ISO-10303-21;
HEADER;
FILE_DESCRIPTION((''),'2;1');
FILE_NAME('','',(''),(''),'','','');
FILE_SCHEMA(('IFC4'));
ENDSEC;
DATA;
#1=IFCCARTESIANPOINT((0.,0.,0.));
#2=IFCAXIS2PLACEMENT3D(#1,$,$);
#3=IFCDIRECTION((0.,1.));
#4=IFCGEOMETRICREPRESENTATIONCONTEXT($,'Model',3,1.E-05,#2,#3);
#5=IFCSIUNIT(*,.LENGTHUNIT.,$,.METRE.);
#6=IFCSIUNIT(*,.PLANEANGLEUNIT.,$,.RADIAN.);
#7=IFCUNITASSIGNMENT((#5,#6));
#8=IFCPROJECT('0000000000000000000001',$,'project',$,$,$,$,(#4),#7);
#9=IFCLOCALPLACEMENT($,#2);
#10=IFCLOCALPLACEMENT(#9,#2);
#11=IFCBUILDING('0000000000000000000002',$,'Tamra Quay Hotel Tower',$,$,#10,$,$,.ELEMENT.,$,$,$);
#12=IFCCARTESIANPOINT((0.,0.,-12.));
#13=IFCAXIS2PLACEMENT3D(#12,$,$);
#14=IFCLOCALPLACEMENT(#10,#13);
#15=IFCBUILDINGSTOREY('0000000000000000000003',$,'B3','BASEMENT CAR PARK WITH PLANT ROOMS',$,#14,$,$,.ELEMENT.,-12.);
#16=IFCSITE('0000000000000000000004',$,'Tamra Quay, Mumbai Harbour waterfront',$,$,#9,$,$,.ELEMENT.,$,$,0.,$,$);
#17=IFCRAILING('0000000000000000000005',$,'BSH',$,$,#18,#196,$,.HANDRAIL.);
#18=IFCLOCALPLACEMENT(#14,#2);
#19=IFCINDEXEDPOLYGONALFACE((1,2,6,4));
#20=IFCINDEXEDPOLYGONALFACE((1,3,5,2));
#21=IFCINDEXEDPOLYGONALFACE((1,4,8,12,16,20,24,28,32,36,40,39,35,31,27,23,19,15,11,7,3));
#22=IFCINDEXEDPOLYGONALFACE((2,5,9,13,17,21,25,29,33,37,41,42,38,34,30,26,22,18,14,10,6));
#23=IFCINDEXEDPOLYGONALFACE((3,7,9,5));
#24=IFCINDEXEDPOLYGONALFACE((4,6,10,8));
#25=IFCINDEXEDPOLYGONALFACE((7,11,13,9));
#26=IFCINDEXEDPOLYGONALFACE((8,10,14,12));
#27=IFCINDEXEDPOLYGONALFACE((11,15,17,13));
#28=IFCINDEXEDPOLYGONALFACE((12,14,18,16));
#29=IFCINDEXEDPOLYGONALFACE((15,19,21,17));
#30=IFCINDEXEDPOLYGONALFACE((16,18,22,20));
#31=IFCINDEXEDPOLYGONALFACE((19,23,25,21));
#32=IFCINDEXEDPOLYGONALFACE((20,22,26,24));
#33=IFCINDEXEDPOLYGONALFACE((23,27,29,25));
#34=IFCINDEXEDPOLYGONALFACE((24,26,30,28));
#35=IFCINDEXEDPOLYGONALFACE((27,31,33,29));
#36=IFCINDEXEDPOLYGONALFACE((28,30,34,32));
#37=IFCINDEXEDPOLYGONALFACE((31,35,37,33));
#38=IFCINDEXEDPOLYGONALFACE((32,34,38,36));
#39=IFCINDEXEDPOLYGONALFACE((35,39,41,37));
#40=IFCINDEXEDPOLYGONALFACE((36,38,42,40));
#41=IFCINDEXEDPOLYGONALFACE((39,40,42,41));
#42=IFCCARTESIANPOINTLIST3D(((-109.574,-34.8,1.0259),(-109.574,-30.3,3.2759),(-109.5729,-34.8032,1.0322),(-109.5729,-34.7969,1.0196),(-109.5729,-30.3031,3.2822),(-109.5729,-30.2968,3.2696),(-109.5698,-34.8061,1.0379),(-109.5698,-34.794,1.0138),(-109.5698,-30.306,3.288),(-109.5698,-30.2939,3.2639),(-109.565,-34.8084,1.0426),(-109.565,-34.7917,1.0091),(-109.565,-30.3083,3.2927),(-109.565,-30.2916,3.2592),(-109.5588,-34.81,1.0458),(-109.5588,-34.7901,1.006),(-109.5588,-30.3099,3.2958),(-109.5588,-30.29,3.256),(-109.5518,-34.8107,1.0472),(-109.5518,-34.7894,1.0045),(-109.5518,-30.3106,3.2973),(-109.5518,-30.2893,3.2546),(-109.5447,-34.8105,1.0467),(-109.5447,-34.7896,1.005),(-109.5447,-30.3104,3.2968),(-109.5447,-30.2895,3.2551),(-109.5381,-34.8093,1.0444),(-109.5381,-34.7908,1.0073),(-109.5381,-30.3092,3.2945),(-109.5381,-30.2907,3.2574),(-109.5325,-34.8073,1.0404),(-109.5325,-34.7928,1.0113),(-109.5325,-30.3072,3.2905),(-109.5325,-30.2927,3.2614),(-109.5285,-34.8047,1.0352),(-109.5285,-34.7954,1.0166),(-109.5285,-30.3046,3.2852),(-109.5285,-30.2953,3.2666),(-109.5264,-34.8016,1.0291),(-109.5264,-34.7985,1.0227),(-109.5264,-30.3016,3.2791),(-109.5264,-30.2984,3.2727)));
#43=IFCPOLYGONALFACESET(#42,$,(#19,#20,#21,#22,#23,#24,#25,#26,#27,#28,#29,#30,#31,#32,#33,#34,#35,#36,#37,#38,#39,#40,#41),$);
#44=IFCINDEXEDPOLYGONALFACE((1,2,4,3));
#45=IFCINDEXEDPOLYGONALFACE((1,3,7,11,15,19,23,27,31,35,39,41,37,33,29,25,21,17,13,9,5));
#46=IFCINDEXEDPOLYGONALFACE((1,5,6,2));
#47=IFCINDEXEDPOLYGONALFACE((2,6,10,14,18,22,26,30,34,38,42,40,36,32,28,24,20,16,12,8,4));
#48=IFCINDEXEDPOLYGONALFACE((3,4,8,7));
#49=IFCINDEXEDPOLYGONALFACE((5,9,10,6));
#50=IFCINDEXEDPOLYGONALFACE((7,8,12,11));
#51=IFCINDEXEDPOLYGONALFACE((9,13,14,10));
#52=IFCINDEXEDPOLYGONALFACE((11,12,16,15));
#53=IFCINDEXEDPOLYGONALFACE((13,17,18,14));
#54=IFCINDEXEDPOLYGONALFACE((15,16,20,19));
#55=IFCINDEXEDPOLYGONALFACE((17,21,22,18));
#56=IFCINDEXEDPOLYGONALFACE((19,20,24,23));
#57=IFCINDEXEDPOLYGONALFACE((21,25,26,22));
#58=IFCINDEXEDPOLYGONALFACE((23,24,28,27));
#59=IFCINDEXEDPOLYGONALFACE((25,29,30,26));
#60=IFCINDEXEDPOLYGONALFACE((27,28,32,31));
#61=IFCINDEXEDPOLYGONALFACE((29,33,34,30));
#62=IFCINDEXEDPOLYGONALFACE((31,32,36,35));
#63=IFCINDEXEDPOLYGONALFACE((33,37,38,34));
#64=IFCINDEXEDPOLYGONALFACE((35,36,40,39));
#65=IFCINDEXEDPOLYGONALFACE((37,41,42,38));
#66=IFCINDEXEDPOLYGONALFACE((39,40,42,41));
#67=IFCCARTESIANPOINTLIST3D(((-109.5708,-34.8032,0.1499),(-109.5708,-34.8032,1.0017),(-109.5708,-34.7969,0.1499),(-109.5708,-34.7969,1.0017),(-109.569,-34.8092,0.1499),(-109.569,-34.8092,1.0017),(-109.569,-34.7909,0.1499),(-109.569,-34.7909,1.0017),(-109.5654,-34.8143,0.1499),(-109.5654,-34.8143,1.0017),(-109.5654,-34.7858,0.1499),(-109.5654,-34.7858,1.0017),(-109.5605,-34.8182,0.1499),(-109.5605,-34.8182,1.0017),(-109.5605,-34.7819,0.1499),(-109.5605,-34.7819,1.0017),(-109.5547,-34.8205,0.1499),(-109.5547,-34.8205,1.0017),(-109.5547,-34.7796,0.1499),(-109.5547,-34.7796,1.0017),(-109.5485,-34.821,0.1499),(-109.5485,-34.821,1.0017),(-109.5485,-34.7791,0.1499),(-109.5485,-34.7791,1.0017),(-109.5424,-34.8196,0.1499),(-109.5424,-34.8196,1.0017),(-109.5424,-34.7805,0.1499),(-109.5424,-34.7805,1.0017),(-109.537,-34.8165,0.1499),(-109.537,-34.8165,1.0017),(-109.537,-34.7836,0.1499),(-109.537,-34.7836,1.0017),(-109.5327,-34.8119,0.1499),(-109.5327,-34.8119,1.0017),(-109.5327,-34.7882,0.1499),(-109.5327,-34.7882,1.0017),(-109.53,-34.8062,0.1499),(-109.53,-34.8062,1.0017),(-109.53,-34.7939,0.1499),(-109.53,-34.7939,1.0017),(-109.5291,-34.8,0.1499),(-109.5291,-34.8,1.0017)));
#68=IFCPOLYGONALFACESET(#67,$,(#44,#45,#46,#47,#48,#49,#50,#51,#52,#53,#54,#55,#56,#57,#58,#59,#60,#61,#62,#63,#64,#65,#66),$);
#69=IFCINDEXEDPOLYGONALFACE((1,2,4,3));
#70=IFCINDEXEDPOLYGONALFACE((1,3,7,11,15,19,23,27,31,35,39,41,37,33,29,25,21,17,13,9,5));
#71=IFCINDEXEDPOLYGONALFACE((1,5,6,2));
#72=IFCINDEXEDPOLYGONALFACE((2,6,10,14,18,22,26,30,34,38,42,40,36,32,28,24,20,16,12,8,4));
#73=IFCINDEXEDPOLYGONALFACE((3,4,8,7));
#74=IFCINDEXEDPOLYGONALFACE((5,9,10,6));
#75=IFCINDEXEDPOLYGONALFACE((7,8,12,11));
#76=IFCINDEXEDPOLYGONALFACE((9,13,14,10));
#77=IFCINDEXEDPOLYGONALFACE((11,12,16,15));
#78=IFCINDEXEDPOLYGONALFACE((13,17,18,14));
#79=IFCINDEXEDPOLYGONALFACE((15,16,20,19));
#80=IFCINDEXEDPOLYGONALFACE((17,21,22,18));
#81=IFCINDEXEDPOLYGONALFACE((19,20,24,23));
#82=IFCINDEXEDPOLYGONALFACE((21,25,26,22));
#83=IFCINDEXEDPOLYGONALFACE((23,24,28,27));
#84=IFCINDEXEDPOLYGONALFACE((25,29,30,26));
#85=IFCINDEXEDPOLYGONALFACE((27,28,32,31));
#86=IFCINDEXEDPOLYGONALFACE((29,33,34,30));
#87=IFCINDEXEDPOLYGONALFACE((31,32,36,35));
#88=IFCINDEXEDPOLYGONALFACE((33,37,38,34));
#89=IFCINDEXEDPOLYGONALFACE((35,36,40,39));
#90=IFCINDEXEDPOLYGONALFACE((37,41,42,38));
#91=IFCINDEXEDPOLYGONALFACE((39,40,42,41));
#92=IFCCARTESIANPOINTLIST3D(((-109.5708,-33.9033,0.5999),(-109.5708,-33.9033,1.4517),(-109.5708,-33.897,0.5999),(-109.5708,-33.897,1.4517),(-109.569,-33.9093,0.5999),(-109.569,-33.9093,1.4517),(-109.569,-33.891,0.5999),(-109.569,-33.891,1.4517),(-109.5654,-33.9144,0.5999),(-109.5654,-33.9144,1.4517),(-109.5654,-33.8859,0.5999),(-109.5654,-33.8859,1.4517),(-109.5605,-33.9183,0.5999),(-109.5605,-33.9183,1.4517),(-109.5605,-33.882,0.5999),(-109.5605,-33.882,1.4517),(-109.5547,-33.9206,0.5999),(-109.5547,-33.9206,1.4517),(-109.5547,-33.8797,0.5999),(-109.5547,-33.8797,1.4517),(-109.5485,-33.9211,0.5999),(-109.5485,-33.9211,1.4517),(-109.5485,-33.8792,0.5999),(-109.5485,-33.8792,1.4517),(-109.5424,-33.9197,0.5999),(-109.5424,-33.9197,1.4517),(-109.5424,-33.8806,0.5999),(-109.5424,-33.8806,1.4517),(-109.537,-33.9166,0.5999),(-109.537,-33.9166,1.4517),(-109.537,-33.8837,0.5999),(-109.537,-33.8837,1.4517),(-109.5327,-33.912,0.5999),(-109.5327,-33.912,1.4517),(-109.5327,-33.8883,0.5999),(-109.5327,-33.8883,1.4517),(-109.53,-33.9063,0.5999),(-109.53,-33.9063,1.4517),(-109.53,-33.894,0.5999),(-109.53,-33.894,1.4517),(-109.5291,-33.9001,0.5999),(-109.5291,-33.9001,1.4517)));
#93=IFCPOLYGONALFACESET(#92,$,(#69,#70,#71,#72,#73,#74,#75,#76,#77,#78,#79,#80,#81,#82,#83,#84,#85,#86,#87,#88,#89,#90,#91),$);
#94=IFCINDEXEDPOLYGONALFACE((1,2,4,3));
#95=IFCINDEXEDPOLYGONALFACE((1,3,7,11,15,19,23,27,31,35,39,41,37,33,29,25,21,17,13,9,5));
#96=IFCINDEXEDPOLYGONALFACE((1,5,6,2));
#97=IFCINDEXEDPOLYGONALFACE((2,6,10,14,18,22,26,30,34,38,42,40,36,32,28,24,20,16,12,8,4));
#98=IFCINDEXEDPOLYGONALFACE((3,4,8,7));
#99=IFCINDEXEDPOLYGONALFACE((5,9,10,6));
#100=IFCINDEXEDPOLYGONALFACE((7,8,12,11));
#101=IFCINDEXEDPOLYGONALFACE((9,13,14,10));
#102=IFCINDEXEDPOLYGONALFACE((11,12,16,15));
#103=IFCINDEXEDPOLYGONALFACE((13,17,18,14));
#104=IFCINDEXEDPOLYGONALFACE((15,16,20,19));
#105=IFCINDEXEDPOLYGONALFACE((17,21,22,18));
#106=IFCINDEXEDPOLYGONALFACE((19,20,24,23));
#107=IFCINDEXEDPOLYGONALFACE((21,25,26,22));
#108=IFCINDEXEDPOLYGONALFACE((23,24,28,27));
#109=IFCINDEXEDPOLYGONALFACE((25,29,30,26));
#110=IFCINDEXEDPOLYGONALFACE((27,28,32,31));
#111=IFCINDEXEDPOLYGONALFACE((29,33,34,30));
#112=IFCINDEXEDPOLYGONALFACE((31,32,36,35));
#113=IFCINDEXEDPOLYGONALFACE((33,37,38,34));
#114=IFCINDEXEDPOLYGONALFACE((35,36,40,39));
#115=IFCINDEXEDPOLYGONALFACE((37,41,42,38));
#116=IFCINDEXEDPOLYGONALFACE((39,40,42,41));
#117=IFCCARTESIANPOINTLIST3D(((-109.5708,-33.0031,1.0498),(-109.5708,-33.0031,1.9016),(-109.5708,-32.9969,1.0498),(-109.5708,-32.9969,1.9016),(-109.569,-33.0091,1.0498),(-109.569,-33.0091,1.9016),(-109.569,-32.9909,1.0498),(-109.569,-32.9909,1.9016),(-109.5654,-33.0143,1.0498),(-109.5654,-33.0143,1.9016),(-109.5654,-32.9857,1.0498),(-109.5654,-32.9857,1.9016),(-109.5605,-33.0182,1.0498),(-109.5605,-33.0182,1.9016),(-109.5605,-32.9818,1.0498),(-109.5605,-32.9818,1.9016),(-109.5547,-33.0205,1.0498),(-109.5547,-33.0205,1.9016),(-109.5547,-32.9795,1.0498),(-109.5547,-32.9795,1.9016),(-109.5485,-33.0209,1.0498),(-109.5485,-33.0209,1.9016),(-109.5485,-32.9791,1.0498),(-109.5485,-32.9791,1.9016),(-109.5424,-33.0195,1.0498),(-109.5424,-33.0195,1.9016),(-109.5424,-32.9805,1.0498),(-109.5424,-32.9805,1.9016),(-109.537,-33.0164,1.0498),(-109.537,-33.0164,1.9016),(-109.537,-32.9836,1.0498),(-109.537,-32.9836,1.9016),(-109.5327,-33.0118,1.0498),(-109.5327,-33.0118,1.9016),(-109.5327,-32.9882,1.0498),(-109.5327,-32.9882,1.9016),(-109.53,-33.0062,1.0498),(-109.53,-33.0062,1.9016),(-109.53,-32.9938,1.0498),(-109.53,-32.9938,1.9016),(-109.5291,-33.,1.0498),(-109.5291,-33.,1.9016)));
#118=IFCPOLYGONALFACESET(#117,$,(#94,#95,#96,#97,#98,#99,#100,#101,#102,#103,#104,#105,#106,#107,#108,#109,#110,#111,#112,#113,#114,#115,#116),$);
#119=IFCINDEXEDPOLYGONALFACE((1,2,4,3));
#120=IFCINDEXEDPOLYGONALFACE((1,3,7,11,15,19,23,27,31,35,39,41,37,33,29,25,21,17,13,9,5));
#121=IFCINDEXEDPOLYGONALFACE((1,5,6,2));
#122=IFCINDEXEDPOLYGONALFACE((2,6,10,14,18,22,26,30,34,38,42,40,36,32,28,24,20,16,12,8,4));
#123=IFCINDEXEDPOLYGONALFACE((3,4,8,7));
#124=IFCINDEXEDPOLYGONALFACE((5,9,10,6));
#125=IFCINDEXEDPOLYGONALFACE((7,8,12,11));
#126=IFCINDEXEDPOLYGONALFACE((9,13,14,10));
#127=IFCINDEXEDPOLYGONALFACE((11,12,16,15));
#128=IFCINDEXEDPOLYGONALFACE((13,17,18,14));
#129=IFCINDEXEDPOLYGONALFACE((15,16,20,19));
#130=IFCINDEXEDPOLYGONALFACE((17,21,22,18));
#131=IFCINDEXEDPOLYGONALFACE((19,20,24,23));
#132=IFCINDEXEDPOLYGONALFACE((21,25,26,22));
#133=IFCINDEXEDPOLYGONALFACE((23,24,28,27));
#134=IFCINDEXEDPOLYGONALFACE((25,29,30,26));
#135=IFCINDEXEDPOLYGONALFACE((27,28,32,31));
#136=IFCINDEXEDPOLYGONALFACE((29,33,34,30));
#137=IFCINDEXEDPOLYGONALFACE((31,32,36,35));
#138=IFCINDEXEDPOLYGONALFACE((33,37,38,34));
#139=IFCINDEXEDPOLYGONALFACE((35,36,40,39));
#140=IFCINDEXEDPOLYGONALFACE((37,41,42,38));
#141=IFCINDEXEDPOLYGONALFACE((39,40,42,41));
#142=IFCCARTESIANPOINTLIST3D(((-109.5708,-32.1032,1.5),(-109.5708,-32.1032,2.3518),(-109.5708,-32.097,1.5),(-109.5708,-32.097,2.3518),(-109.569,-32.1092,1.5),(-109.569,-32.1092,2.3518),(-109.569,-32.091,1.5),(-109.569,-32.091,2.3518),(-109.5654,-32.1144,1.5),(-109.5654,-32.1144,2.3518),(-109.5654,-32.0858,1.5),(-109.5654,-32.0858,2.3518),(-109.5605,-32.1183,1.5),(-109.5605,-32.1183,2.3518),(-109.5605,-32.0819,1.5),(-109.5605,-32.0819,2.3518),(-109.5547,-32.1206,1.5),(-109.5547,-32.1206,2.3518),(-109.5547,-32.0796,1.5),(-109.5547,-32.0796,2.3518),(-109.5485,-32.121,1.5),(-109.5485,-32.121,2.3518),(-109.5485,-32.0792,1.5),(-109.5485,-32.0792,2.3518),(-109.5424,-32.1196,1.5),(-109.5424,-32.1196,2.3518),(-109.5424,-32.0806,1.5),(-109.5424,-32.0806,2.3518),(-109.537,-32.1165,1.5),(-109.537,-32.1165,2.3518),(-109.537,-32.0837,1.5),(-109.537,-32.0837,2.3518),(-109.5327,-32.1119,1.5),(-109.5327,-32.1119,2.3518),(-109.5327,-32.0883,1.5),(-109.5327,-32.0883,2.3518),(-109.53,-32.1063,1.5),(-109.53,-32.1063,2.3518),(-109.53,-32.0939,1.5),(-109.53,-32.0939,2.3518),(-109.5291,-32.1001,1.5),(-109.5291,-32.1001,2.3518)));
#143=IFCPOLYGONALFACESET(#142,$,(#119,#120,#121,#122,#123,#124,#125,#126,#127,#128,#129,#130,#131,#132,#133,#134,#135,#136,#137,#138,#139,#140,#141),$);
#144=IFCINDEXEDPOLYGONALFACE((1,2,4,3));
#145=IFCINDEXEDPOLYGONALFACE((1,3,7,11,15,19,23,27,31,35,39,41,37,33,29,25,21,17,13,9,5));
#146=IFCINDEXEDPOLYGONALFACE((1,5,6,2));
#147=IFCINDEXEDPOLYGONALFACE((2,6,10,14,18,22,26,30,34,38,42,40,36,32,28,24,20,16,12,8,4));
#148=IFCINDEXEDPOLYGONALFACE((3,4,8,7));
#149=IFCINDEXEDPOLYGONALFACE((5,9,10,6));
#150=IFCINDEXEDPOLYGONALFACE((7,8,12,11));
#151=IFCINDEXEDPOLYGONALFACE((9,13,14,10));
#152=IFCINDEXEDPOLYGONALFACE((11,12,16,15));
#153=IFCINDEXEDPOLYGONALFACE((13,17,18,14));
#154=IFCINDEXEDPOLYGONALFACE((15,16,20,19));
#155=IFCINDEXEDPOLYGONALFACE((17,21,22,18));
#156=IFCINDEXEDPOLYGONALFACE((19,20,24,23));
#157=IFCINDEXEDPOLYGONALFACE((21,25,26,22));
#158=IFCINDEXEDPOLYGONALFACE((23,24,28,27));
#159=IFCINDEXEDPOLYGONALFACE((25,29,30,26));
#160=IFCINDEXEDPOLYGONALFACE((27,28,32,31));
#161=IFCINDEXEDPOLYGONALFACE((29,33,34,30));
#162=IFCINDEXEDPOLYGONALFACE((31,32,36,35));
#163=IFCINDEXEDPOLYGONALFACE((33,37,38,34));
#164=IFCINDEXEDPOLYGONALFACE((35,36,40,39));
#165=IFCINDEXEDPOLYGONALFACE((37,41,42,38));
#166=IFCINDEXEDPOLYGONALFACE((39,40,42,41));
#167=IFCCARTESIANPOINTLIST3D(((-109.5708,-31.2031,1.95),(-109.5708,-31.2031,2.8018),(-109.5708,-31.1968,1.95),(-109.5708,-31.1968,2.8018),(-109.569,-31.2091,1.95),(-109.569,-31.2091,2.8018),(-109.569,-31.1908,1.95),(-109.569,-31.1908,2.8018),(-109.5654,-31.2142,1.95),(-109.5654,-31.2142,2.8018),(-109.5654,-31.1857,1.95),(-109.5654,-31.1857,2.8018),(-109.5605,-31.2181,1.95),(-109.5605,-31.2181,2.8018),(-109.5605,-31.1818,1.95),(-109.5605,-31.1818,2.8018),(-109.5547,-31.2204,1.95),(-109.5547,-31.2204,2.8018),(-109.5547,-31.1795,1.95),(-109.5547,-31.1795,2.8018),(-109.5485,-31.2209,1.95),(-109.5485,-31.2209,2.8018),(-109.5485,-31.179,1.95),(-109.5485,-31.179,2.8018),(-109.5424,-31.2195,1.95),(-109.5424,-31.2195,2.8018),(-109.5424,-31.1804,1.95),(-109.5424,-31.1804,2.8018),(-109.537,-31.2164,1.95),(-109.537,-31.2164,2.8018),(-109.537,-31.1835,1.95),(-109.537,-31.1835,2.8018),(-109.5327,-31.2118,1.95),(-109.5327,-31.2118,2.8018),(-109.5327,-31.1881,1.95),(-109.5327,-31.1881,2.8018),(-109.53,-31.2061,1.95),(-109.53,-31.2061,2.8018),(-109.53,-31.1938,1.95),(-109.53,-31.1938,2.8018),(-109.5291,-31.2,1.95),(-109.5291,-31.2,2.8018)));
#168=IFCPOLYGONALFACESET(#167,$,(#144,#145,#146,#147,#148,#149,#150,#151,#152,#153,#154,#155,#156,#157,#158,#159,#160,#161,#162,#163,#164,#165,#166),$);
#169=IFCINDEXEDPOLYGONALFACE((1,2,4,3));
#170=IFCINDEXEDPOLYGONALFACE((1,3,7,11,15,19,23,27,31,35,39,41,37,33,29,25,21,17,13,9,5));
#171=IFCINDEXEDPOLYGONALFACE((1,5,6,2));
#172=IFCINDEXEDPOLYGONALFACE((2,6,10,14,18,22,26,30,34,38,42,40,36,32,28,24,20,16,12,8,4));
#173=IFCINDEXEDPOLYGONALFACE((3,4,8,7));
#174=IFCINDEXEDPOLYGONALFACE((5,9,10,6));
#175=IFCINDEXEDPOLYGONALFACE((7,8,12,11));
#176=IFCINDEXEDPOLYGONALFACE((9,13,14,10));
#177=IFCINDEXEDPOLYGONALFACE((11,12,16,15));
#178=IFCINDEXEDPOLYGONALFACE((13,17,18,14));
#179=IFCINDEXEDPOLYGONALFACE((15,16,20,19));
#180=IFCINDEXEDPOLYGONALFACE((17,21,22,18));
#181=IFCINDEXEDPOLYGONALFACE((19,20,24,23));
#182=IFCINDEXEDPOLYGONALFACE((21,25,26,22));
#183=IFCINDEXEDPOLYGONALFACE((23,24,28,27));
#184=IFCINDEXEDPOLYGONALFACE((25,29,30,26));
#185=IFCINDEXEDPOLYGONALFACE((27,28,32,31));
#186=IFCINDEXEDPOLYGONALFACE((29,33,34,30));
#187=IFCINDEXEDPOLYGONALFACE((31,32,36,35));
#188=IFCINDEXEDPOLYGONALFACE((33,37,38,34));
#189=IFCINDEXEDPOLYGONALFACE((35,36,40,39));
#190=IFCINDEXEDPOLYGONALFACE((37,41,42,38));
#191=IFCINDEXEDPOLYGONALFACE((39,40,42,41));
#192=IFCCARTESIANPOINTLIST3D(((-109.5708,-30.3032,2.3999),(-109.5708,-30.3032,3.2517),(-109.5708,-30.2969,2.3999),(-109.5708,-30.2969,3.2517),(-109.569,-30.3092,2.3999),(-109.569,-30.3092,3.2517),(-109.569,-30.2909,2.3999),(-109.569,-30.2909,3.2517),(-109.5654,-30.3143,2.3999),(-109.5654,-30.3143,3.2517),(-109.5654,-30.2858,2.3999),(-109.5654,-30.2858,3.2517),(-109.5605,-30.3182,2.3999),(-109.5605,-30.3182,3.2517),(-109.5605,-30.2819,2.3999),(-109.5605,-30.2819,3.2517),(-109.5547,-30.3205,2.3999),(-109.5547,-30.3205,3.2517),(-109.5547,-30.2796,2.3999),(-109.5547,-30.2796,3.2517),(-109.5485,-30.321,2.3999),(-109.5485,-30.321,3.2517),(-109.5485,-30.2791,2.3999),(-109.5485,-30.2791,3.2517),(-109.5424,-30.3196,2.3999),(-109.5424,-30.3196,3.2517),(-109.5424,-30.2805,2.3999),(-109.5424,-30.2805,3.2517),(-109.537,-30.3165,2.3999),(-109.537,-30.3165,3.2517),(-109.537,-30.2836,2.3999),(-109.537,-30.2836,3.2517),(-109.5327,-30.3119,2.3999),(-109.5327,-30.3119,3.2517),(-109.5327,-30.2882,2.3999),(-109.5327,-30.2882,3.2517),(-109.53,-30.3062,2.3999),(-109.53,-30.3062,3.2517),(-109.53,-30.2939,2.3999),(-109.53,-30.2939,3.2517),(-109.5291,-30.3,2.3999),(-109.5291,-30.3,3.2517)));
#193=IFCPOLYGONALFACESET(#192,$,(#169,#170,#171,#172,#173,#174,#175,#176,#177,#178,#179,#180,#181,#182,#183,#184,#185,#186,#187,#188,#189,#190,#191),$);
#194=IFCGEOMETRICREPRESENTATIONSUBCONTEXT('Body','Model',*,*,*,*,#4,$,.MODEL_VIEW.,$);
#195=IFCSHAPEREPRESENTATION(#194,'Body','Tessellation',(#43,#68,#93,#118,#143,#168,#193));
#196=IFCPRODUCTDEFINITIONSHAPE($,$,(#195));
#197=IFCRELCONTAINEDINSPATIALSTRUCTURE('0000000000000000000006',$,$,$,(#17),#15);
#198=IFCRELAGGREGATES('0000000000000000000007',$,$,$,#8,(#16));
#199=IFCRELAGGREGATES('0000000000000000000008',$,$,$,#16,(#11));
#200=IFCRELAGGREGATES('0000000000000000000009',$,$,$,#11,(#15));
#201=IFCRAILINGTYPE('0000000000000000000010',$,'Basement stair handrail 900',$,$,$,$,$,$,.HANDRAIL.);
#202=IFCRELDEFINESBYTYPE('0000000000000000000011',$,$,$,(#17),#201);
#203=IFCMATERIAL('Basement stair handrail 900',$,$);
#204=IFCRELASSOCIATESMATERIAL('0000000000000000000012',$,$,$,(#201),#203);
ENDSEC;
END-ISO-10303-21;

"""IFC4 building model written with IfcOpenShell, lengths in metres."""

from ifc_helpers import new_model, si_unit, direction, frame, origin, origin_2d, place, context, subcontext, project, spatial, circle, extrude, material, type_object, element, save


model = new_model("IFC4")

# Units and contexts
model_context = context("Model", 3, precision=1e-05, world=origin(), true_north=direction((0.0, 1.0)))
body_context = subcontext(model_context, "Body", "Model", "MODEL_VIEW")
ifc_project = project(units=[si_unit("LENGTHUNIT", "METRE"), si_unit("PLANEANGLEUNIT", "RADIAN")], contexts=[model_context])

# Site, building, storey
site_placement = place(None, origin())
site = spatial("IfcSite", under=ifc_project, at=site_placement, Name="Tamra Quay, Mumbai Harbour waterfront", CompositionType="ELEMENT", RefElevation=0.0)
building_placement = place(site_placement, origin())
building = spatial("IfcBuilding", under=site, at=building_placement, Name="Tamra Quay Hotel Tower", CompositionType="ELEMENT")
storey_placement = place(building_placement, frame((0.0, 0.0, -12.0)))
storey = spatial("IfcBuildingStorey", under=building, at=storey_placement, Name="B3", Description="BASEMENT CAR PARK WITH PLANT ROOMS", CompositionType="ELEMENT", Elevation=-12.0)

# Railing
ifc_material_1 = material(Name="Basement stair handrail 900")
railing_type_1 = type_object("IfcRailingType", Name="Basement stair handrail 900", PredefinedType="HANDRAIL", material=ifc_material_1)
railing_1_placement = place(storey_placement, frame((-109.55, -34.8, 0.1499)))
element("IfcRailing", 1, at=railing_1_placement, inside=storey, type_object=railing_type_1, Name="BSH", PredefinedType="HANDRAIL", context=body_context, shape_type="SweptSolid", body=[
    extrude(circle(Radius=0.0239, at=origin_2d()), frame((0.0, 0.0, 0.876), z_axis=(0.0, 0.894427, 0.447214), x_axis=(-1.0, 0.0, 0.0)), (0.0, 0.0, 1.0), 5.0312),
    extrude(circle(Radius=0.021, at=origin_2d()), origin(), (0.0, 0.0, 1.0), 0.8518),
    extrude(circle(Radius=0.021, at=origin_2d()), frame((0.0, 0.8999, 0.45)), (0.0, 0.0, 1.0), 0.8518),
    extrude(circle(Radius=0.021, at=origin_2d()), frame((0.0, 1.8, 0.8999)), (0.0, 0.0, 1.0), 0.8518),
    extrude(circle(Radius=0.021, at=origin_2d()), frame((0.0, 2.7, 1.3501)), (0.0, 0.0, 1.0), 0.8518),
    extrude(circle(Radius=0.021, at=origin_2d()), frame((0.0, 3.6001, 1.8)), (0.0, 0.0, 1.0), 0.8518),
    extrude(circle(Radius=0.021, at=origin_2d()), frame((0.0, 4.5, 2.25)), (0.0, 0.0, 1.0), 0.8518),
])

save(model, "model.ifc")
